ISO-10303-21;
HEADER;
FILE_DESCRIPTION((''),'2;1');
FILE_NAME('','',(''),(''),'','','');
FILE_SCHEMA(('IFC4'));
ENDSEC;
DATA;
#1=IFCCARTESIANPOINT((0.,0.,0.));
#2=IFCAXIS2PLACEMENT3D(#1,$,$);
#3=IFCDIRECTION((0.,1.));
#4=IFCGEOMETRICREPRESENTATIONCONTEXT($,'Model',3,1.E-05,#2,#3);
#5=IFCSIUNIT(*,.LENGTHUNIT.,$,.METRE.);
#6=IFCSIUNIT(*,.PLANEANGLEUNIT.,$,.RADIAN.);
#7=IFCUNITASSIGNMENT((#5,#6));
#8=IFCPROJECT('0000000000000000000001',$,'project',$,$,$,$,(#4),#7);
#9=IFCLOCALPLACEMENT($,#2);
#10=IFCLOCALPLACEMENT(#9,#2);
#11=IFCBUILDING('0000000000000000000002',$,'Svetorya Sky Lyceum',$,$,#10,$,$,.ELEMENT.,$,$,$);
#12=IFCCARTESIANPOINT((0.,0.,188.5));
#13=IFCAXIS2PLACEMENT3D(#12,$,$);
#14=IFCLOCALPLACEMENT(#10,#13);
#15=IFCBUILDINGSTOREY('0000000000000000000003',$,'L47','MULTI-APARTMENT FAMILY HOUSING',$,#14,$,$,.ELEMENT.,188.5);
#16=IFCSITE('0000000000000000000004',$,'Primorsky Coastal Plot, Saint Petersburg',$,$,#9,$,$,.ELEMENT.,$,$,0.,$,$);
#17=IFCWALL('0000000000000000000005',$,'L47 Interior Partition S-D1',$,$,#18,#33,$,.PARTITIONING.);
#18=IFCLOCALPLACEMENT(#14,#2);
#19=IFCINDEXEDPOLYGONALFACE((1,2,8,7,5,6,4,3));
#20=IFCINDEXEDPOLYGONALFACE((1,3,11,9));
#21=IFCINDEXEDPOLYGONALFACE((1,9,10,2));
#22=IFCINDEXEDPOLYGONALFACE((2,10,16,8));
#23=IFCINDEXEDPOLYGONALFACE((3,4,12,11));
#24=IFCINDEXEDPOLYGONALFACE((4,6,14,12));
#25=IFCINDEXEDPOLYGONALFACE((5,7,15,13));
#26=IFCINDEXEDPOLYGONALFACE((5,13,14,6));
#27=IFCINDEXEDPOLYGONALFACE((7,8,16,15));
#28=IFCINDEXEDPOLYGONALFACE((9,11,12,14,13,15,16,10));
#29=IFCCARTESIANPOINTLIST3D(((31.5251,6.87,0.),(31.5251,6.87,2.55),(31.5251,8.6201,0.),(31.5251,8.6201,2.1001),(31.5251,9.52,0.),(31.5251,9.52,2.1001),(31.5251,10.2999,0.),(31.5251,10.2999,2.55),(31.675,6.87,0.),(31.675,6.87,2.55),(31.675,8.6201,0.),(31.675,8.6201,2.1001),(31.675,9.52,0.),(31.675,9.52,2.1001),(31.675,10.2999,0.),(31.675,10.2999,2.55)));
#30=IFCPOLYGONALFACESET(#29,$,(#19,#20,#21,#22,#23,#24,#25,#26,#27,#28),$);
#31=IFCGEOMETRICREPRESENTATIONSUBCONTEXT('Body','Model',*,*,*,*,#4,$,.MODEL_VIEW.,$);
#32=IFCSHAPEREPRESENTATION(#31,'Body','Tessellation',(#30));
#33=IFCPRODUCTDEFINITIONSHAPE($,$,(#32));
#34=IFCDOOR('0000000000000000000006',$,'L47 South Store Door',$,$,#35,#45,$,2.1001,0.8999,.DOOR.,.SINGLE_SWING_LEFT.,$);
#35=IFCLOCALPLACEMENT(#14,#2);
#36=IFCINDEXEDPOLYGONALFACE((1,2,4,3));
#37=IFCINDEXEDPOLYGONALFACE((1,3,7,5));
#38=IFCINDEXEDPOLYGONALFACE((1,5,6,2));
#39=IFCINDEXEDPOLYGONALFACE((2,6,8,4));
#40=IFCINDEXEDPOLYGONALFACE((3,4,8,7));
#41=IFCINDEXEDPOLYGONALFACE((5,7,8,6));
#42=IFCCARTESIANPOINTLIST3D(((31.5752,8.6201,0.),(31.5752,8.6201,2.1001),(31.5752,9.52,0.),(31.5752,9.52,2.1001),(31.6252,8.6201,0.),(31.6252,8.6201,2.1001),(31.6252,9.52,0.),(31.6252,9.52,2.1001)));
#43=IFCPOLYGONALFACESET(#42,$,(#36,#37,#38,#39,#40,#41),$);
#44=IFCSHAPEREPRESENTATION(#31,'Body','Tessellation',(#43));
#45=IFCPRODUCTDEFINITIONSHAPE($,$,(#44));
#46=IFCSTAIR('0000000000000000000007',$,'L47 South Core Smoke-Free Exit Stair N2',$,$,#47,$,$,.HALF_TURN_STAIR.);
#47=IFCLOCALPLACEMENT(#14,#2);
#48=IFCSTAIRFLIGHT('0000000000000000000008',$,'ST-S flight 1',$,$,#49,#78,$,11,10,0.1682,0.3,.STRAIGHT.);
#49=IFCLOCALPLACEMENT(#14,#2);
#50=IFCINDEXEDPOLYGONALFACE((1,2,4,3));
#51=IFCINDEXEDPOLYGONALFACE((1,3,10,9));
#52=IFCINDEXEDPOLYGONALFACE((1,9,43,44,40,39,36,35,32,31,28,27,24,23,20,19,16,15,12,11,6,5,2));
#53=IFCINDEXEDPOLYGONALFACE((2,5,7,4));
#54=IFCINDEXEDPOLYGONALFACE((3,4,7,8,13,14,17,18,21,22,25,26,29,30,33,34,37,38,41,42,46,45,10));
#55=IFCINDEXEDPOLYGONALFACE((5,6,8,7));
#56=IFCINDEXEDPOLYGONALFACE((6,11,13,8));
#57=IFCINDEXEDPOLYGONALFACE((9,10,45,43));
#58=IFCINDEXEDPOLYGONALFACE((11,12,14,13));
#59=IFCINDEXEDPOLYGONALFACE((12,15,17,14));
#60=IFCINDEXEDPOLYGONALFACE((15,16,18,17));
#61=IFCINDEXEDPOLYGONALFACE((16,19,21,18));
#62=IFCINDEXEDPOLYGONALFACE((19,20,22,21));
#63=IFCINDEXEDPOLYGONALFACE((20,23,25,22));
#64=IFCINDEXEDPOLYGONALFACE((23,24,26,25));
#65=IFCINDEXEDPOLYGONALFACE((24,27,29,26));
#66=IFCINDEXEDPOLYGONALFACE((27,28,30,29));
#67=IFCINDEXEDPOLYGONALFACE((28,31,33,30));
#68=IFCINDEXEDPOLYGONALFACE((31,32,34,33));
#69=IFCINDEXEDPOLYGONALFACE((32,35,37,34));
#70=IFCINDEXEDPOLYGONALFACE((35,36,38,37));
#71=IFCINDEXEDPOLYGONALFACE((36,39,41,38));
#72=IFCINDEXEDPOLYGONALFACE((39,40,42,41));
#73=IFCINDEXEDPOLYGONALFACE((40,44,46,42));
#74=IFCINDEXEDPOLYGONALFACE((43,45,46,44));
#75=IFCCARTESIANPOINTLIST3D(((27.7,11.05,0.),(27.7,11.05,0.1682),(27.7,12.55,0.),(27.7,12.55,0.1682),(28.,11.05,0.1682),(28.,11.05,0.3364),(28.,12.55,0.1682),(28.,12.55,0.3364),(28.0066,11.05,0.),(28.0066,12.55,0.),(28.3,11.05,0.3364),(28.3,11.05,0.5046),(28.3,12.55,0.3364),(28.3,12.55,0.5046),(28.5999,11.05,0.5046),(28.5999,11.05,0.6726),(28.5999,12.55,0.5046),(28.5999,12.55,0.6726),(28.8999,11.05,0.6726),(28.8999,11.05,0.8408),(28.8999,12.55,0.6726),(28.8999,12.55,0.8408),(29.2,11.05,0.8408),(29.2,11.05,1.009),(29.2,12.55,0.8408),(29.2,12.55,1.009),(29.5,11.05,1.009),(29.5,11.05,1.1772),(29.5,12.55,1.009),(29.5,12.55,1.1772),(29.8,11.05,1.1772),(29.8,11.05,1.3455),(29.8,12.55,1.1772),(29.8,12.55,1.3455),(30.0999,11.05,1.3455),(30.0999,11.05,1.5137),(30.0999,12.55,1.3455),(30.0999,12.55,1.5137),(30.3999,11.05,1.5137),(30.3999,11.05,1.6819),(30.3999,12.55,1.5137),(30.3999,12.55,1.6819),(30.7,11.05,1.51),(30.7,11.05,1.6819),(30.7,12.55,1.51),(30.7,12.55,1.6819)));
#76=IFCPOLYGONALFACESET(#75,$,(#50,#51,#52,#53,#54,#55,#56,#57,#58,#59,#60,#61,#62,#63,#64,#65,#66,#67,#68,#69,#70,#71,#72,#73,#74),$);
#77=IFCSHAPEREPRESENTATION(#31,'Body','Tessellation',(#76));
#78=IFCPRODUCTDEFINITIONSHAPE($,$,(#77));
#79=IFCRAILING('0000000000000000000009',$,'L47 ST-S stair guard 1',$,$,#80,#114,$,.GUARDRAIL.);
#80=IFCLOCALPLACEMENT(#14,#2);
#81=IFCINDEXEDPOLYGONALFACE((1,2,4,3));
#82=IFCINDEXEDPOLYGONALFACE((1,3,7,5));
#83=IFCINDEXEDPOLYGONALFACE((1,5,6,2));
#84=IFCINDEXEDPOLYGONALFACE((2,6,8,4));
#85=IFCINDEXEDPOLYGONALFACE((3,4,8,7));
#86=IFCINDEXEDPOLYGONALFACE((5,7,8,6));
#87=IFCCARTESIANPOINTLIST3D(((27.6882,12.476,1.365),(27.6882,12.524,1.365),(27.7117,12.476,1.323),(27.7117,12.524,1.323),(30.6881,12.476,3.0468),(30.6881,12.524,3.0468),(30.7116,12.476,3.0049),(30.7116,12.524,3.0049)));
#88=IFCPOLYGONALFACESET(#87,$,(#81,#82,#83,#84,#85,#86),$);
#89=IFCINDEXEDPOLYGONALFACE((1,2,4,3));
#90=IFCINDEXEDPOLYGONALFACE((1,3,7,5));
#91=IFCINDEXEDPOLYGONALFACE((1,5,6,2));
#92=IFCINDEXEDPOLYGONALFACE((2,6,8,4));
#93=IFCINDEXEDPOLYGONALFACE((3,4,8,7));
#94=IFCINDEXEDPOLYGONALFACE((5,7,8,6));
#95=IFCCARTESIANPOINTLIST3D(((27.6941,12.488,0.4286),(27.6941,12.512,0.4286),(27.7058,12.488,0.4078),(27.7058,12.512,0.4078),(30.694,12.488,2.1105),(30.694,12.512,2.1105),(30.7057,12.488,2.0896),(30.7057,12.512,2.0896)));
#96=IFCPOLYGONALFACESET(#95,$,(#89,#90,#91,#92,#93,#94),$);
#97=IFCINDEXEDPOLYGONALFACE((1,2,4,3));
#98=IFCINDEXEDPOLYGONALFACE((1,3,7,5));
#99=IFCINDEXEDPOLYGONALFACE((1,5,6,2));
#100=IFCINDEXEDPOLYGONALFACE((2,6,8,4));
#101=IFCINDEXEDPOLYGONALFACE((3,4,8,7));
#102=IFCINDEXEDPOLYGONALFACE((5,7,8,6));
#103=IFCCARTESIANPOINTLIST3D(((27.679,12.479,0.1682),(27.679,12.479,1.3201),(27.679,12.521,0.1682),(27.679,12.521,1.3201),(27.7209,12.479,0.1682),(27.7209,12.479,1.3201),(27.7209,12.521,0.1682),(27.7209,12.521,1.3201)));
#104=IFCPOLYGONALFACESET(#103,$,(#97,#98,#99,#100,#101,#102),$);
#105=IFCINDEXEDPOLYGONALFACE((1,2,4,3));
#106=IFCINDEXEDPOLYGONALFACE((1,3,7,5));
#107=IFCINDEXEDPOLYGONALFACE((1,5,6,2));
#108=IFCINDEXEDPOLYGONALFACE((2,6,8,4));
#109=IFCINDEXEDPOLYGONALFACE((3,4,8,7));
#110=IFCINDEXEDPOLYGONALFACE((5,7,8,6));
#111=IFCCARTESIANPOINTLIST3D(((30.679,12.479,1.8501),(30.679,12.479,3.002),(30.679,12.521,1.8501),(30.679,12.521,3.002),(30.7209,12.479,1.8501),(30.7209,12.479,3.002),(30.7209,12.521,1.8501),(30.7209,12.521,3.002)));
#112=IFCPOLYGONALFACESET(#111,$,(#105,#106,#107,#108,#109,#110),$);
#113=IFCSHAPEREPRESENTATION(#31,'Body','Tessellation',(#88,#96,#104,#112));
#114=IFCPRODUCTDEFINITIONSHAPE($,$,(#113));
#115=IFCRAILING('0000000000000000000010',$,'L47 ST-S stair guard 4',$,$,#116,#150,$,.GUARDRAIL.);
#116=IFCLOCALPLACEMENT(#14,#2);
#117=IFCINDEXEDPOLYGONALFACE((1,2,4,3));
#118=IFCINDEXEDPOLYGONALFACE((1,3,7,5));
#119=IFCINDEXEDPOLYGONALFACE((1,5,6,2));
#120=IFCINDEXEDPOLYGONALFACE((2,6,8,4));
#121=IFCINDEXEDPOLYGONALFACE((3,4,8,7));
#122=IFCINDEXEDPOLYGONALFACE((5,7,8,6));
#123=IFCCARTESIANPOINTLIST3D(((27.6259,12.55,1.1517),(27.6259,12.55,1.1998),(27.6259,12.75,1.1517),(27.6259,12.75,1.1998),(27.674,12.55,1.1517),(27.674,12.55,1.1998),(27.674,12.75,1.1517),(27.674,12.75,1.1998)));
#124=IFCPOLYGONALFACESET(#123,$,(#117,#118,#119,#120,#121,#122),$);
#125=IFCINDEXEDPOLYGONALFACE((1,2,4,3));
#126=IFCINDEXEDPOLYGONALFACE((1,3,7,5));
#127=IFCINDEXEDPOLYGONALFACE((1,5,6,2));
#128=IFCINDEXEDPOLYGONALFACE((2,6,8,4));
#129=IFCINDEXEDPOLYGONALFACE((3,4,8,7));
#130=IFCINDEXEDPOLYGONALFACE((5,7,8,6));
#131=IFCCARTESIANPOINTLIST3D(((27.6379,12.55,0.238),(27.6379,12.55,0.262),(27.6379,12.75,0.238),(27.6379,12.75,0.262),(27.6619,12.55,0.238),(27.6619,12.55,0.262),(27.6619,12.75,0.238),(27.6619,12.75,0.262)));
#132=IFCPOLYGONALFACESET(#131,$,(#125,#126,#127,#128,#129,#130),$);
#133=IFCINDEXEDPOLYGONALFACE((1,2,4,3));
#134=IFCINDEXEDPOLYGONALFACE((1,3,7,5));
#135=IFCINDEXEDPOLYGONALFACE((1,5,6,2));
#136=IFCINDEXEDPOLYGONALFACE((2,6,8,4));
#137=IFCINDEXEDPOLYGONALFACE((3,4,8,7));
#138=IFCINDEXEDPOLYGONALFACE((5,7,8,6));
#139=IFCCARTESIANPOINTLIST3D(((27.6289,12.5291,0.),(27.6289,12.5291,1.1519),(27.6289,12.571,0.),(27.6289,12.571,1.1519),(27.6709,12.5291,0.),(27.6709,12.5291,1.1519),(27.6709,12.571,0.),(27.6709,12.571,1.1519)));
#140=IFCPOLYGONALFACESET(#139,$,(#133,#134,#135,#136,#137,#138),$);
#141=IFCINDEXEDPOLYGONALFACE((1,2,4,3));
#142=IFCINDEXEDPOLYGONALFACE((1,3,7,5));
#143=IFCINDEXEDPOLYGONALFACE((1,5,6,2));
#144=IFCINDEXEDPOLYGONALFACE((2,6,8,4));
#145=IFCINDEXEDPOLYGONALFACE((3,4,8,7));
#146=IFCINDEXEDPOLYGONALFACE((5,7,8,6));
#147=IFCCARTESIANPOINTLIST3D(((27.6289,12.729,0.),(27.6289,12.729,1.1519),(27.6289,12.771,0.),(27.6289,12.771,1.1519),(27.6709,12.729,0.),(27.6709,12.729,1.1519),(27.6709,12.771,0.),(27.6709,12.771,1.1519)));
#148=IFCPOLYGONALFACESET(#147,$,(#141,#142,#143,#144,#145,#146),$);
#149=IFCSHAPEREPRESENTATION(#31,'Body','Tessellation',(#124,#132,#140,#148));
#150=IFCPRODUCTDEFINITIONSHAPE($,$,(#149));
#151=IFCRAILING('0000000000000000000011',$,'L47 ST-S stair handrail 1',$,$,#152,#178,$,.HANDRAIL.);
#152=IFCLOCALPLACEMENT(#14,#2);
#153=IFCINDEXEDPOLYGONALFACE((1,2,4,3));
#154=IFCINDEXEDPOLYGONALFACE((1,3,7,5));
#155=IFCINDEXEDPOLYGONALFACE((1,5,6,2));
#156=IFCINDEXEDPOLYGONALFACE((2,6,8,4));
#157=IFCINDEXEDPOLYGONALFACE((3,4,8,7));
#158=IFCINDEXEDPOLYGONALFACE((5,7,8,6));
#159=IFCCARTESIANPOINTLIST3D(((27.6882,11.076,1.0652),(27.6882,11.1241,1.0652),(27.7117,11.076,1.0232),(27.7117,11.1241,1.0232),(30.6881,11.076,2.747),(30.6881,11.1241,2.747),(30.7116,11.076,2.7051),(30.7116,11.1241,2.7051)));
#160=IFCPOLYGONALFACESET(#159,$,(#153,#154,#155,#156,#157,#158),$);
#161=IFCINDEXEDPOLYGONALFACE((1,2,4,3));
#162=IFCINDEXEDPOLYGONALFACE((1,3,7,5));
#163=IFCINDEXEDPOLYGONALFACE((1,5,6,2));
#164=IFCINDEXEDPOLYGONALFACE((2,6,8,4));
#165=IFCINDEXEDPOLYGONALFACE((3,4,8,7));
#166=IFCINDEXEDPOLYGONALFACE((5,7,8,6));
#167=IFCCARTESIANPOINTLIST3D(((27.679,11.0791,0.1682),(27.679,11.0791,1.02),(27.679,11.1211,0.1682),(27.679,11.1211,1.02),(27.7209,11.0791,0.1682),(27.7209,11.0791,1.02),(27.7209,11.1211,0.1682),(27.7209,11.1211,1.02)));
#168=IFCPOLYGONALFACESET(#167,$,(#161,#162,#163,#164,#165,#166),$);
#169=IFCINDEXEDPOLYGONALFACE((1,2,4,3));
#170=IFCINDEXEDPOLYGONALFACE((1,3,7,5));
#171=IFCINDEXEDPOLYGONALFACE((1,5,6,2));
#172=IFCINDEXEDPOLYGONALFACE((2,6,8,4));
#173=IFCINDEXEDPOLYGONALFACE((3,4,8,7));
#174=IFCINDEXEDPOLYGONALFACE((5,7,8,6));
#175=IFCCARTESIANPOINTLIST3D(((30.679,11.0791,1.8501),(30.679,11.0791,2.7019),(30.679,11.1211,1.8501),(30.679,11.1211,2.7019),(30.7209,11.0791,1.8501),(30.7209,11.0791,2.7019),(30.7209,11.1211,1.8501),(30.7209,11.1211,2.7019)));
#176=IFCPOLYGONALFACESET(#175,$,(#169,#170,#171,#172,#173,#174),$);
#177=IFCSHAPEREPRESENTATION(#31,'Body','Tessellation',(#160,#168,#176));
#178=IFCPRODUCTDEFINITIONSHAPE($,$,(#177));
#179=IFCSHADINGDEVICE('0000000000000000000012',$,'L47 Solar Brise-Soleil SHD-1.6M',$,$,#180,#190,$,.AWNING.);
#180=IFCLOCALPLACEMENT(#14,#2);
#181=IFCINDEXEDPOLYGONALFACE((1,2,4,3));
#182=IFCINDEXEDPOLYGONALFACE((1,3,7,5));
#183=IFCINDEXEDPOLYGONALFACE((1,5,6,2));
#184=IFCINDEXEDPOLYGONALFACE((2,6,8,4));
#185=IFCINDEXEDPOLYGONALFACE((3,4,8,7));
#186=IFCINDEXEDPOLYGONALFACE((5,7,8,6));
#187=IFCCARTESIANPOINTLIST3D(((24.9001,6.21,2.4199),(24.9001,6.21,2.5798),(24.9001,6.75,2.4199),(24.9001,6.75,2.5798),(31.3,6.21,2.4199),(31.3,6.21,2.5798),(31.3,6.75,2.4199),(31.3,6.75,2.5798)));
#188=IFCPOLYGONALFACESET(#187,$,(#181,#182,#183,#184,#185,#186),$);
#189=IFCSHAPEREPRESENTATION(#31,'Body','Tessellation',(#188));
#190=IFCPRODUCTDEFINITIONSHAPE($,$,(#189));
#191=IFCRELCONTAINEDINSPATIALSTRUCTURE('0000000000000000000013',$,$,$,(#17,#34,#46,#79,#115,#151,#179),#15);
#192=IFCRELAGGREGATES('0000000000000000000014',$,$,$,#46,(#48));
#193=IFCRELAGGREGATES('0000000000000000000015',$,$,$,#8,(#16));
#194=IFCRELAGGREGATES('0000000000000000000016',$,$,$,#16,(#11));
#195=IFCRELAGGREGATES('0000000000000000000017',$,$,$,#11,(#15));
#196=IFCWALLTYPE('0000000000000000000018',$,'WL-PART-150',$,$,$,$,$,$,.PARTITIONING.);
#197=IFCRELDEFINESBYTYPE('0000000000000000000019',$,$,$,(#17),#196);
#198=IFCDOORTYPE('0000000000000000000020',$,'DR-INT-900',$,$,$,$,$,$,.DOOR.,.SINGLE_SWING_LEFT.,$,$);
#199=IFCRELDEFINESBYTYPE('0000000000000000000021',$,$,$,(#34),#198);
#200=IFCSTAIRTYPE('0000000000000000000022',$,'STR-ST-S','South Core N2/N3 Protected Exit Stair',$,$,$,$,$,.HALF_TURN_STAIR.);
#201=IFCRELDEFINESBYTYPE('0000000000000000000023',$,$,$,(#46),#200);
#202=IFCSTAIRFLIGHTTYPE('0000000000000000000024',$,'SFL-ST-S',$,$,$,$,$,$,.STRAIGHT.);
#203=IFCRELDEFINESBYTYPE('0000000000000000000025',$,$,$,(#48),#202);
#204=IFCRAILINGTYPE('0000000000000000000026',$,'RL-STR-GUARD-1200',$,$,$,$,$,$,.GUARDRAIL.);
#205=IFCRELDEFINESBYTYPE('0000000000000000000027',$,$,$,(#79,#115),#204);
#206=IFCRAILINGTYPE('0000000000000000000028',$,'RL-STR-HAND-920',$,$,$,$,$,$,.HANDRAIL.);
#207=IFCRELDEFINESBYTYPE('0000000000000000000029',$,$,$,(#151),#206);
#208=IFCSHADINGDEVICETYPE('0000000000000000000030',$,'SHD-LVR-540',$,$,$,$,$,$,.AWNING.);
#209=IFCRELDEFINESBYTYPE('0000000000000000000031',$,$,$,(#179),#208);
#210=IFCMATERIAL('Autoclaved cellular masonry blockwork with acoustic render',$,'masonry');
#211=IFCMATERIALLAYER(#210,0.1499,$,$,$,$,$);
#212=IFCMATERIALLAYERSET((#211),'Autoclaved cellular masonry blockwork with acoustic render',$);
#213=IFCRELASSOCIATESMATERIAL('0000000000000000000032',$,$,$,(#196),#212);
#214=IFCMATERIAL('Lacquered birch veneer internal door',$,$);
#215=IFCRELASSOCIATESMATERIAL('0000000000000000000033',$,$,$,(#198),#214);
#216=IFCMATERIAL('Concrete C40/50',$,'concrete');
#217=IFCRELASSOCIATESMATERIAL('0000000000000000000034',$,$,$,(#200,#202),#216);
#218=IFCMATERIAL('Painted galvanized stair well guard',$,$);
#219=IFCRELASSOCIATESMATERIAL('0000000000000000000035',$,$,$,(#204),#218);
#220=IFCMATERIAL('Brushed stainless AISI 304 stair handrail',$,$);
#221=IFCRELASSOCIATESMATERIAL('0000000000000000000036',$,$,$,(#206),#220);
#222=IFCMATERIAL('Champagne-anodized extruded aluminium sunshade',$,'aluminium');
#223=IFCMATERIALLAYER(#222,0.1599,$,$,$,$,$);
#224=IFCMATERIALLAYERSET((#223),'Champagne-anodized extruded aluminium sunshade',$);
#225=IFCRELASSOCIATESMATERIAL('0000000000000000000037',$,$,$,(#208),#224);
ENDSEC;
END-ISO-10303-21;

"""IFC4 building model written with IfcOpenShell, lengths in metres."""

from ifc_helpers import new_model, si_unit, direction, frame, frame_2d, origin, origin_2d, place, context, subcontext, project, spatial, polyline, rectangle, outline, extrude, material, layer, layer_set, type_object, element, fill, aggregate, save


model = new_model("IFC4")

# Units and contexts
model_context = context("Model", 3, precision=1e-05, world=origin(), true_north=direction((0.0, 1.0)))
body_context = subcontext(model_context, "Body", "Model", "MODEL_VIEW")
ifc_project = project(units=[si_unit("LENGTHUNIT", "METRE"), si_unit("PLANEANGLEUNIT", "RADIAN")], contexts=[model_context])

# Site, building, storey
site_placement = place(None, origin())
site = spatial("IfcSite", under=ifc_project, at=site_placement, Name="Primorsky Coastal Plot, Saint Petersburg", CompositionType="ELEMENT", RefElevation=0.0)
building_placement = place(site_placement, origin())
building = spatial("IfcBuilding", under=site, at=building_placement, Name="Svetorya Sky Lyceum", CompositionType="ELEMENT")
storey_placement = place(building_placement, frame((0.0, 0.0, 188.5)))
storey = spatial("IfcBuildingStorey", under=building, at=storey_placement, Name="L47", Description="MULTI-APARTMENT FAMILY HOUSING", CompositionType="ELEMENT", Elevation=188.5)

# Shared definitions
ifc_material_1 = material(Name="Concrete C40/50", Category="concrete")

# Wall, opening, door
ifc_material_2 = material(Name="Autoclaved cellular masonry blockwork with acoustic render", Category="masonry")
ifc_layer_1 = layer(ifc_material_2, 0.1499)
ifc_layer_set_1 = layer_set([ifc_layer_1], Name="Autoclaved cellular masonry blockwork with acoustic render")
wall_type_1 = type_object("IfcWallType", Name="WL-PART-150", PredefinedType="PARTITIONING", material=ifc_layer_set_1)
wall_1_placement = place(storey_placement, frame((31.6001, 6.8701, 0.0), z_axis=(0.0, 0.0, 1.0), x_axis=(0.0, 1.0, 0.0)))
wall_1 = element("IfcWall", 1, at=wall_1_placement, inside=storey, type_object=wall_type_1, Name="L47 Interior Partition S-D1", PredefinedType="PARTITIONING", context=body_context, shape_type="SweptSolid", body=[
    extrude(rectangle(XDim=3.4299, YDim=0.1499, at=frame_2d((1.7148, 0.0))), origin(), (0.0, 0.0, 1.0), 2.55),
])
opening_placement = place(wall_1_placement, frame((1.75, 0.0, 0.0)))
opening = element("IfcOpeningElement", 2, at=opening_placement, cuts=wall_1, PredefinedType="OPENING", context=body_context, shape_type="SweptSolid", body=[
    extrude(rectangle(XDim=0.8999, YDim=2.1001, at=frame_2d((0.45, 1.05))), frame((0.0, 0.085, 0.0), z_axis=(0.0, -1.0, 0.0), x_axis=(1.0, 0.0, 0.0)), (0.0, 0.0, 1.0), 0.1699),
])
ifc_material_3 = material(Name="Lacquered birch veneer internal door")
door_type = type_object("IfcDoorType", Name="DR-INT-900", OperationType="SINGLE_SWING_LEFT", PredefinedType="DOOR", material=ifc_material_3)
door_placement = place(opening_placement, origin())
door = element("IfcDoor", 3, at=door_placement, inside=storey, type_object=door_type, Name="L47 South Store Door", OperationType="SINGLE_SWING_LEFT", OverallHeight=2.1001, OverallWidth=0.8999, PredefinedType="DOOR", context=body_context, shape_type="SweptSolid", body=[
    extrude(rectangle(XDim=0.8999, YDim=2.1001, at=frame_2d((0.45, 1.05))), frame((0.0, 0.0249, 0.0), z_axis=(0.0, -1.0, 0.0), x_axis=(1.0, 0.0, 0.0)), (0.0, 0.0, 1.0), 0.05),
])
fill(opening, door)

# Stair, stair flight
stair_type = type_object("IfcStairType", Name="STR-ST-S", Description="South Core N2/N3 Protected Exit Stair", PredefinedType="HALF_TURN_STAIR", material=ifc_material_1)
stair_placement = place(storey_placement, origin())
stair = element("IfcStair", 4, at=stair_placement, inside=storey, type_object=stair_type, Name="L47 South Core Smoke-Free Exit Stair N2", PredefinedType="HALF_TURN_STAIR")
stair_flight_type = type_object("IfcStairFlightType", Name="SFL-ST-S", PredefinedType="STRAIGHT", material=ifc_material_1)
stair_flight_placement = place(storey_placement, frame((27.7, 11.8, 0.0), z_axis=(0.0, 0.0, 1.0), x_axis=(1.0, 0.0, 0.0)))
stair_flight = element("IfcStairFlight", 5, at=stair_flight_placement, type_object=stair_flight_type, Name="ST-S flight 1", NumberOfRisers=11, NumberOfTreads=10, PredefinedType="STRAIGHT", RiserHeight=0.1682, TreadLength=0.3, context=body_context, shape_type="SweptSolid", body=[
    extrude(outline(polyline([(0.0, 0.0), (0.0, 0.1682), (0.3, 0.1682), (0.3, 0.3364), (0.6001, 0.3364), (0.6001, 0.5046), (0.8999, 0.5046), (0.8999, 0.6726), (1.2, 0.6726), (1.2, 0.8408), (1.5, 0.8408), (1.5, 1.009), (1.8, 1.009), (1.8, 1.1772), (2.1001, 1.1772), (2.1001, 1.3455), (2.3999, 1.3455), (2.3999, 1.5137), (2.7, 1.5137), (2.7, 1.6819), (3.0, 1.6819), (3.0, 1.8501), (3.0, 1.51), (0.3066, 0.0), (0.0, 0.0)])), frame((0.0, 0.75, 0.0), z_axis=(0.0, -1.0, 0.0), x_axis=(1.0, 0.0, 0.0)), (0.0, 0.0, 1.0), 1.5),
])
aggregate(stair, [stair_flight])

# Railings
ifc_material_4 = material(Name="Painted galvanized stair well guard")
railing_type_1 = type_object("IfcRailingType", Name="RL-STR-GUARD-1200", PredefinedType="GUARDRAIL", material=ifc_material_4)
railing_1_placement = place(storey_placement, frame((27.7, 12.5, 0.1682)))
element("IfcRailing", 6, at=railing_1_placement, inside=storey, type_object=railing_type_1, Name="L47 ST-S stair guard 1", PredefinedType="GUARDRAIL", context=body_context, shape_type="SweptSolid", body=[
    extrude(rectangle(XDim=0.0481, YDim=0.0481, at=origin_2d()), frame((0.0, 0.0, 1.1758), z_axis=(0.872272, 0.0, 0.48902), x_axis=(0.0, 1.0, 0.0)), (0.0, 0.0, 1.0), 3.4392),
    extrude(rectangle(XDim=0.0239, YDim=0.0239, at=origin_2d()), frame((0.0, 0.0, 0.25), z_axis=(0.872272, 0.0, 0.48902), x_axis=(0.0, 1.0, 0.0)), (0.0, 0.0, 1.0), 3.4392),
    extrude(rectangle(XDim=0.042, YDim=0.042, at=origin_2d()), origin(), (0.0, 0.0, 1.0), 1.1519),
    extrude(rectangle(XDim=0.042, YDim=0.042, at=origin_2d()), frame((3.0, 0.0, 1.6819)), (0.0, 0.0, 1.0), 1.1519),
])
railing_2_placement = place(storey_placement, frame((27.6499, 12.55, 0.0)))
element("IfcRailing", 7, at=railing_2_placement, inside=storey, type_object=railing_type_1, Name="L47 ST-S stair guard 4", PredefinedType="GUARDRAIL", context=body_context, shape_type="SweptSolid", body=[
    extrude(rectangle(XDim=0.0481, YDim=0.0481, at=origin_2d()), frame((0.0, 0.0, 1.1758), z_axis=(0.0, 1.0, 0.0), x_axis=(-1.0, 0.0, 0.0)), (0.0, 0.0, 1.0), 0.2),
    extrude(rectangle(XDim=0.0239, YDim=0.0239, at=origin_2d()), frame((0.0, 0.0, 0.25), z_axis=(0.0, 1.0, 0.0), x_axis=(-1.0, 0.0, 0.0)), (0.0, 0.0, 1.0), 0.2),
    extrude(rectangle(XDim=0.042, YDim=0.042, at=origin_2d()), origin(), (0.0, 0.0, 1.0), 1.1519),
    extrude(rectangle(XDim=0.042, YDim=0.042, at=origin_2d()), frame((0.0, 0.2, 0.0)), (0.0, 0.0, 1.0), 1.1519),
])
ifc_material_5 = material(Name="Brushed stainless AISI 304 stair handrail")
railing_type_2 = type_object("IfcRailingType", Name="RL-STR-HAND-920", PredefinedType="HANDRAIL", material=ifc_material_5)
railing_3_placement = place(storey_placement, frame((27.7, 11.1001, 0.1682)))
element("IfcRailing", 8, at=railing_3_placement, inside=storey, type_object=railing_type_2, Name="L47 ST-S stair handrail 1", PredefinedType="HANDRAIL", context=body_context, shape_type="SweptSolid", body=[
    extrude(rectangle(XDim=0.0481, YDim=0.0481, at=origin_2d()), frame((0.0, 0.0, 0.876), z_axis=(0.872272, 0.0, 0.48902), x_axis=(0.0, 1.0, 0.0)), (0.0, 0.0, 1.0), 3.4392),
    extrude(rectangle(XDim=0.042, YDim=0.042, at=origin_2d()), origin(), (0.0, 0.0, 1.0), 0.8518),
    extrude(rectangle(XDim=0.042, YDim=0.042, at=origin_2d()), frame((3.0, 0.0, 1.6819)), (0.0, 0.0, 1.0), 0.8518),
])

# Shading device
ifc_material_6 = material(Name="Champagne-anodized extruded aluminium sunshade", Category="aluminium")
ifc_layer_2 = layer(ifc_material_6, 0.1599)
ifc_layer_set_2 = layer_set([ifc_layer_2], Name="Champagne-anodized extruded aluminium sunshade")
shading_device_type = type_object("IfcShadingDeviceType", Name="SHD-LVR-540", PredefinedType="AWNING", material=ifc_layer_set_2)
shading_device_placement = place(storey_placement, frame((28.1001, 6.48, 2.4199), z_axis=(0.0, 0.0, 1.0), x_axis=(1.0, 0.0, 0.0)))
element("IfcShadingDevice", 9, at=shading_device_placement, inside=storey, type_object=shading_device_type, Name="L47 Solar Brise-Soleil SHD-1.6M", PredefinedType="AWNING", context=body_context, shape_type="SweptSolid", body=[
    extrude(rectangle(XDim=6.3999, YDim=0.54, at=origin_2d()), origin(), (0.0, 0.0, 1.0), 0.1599),
])

save(model, "model.ifc")
